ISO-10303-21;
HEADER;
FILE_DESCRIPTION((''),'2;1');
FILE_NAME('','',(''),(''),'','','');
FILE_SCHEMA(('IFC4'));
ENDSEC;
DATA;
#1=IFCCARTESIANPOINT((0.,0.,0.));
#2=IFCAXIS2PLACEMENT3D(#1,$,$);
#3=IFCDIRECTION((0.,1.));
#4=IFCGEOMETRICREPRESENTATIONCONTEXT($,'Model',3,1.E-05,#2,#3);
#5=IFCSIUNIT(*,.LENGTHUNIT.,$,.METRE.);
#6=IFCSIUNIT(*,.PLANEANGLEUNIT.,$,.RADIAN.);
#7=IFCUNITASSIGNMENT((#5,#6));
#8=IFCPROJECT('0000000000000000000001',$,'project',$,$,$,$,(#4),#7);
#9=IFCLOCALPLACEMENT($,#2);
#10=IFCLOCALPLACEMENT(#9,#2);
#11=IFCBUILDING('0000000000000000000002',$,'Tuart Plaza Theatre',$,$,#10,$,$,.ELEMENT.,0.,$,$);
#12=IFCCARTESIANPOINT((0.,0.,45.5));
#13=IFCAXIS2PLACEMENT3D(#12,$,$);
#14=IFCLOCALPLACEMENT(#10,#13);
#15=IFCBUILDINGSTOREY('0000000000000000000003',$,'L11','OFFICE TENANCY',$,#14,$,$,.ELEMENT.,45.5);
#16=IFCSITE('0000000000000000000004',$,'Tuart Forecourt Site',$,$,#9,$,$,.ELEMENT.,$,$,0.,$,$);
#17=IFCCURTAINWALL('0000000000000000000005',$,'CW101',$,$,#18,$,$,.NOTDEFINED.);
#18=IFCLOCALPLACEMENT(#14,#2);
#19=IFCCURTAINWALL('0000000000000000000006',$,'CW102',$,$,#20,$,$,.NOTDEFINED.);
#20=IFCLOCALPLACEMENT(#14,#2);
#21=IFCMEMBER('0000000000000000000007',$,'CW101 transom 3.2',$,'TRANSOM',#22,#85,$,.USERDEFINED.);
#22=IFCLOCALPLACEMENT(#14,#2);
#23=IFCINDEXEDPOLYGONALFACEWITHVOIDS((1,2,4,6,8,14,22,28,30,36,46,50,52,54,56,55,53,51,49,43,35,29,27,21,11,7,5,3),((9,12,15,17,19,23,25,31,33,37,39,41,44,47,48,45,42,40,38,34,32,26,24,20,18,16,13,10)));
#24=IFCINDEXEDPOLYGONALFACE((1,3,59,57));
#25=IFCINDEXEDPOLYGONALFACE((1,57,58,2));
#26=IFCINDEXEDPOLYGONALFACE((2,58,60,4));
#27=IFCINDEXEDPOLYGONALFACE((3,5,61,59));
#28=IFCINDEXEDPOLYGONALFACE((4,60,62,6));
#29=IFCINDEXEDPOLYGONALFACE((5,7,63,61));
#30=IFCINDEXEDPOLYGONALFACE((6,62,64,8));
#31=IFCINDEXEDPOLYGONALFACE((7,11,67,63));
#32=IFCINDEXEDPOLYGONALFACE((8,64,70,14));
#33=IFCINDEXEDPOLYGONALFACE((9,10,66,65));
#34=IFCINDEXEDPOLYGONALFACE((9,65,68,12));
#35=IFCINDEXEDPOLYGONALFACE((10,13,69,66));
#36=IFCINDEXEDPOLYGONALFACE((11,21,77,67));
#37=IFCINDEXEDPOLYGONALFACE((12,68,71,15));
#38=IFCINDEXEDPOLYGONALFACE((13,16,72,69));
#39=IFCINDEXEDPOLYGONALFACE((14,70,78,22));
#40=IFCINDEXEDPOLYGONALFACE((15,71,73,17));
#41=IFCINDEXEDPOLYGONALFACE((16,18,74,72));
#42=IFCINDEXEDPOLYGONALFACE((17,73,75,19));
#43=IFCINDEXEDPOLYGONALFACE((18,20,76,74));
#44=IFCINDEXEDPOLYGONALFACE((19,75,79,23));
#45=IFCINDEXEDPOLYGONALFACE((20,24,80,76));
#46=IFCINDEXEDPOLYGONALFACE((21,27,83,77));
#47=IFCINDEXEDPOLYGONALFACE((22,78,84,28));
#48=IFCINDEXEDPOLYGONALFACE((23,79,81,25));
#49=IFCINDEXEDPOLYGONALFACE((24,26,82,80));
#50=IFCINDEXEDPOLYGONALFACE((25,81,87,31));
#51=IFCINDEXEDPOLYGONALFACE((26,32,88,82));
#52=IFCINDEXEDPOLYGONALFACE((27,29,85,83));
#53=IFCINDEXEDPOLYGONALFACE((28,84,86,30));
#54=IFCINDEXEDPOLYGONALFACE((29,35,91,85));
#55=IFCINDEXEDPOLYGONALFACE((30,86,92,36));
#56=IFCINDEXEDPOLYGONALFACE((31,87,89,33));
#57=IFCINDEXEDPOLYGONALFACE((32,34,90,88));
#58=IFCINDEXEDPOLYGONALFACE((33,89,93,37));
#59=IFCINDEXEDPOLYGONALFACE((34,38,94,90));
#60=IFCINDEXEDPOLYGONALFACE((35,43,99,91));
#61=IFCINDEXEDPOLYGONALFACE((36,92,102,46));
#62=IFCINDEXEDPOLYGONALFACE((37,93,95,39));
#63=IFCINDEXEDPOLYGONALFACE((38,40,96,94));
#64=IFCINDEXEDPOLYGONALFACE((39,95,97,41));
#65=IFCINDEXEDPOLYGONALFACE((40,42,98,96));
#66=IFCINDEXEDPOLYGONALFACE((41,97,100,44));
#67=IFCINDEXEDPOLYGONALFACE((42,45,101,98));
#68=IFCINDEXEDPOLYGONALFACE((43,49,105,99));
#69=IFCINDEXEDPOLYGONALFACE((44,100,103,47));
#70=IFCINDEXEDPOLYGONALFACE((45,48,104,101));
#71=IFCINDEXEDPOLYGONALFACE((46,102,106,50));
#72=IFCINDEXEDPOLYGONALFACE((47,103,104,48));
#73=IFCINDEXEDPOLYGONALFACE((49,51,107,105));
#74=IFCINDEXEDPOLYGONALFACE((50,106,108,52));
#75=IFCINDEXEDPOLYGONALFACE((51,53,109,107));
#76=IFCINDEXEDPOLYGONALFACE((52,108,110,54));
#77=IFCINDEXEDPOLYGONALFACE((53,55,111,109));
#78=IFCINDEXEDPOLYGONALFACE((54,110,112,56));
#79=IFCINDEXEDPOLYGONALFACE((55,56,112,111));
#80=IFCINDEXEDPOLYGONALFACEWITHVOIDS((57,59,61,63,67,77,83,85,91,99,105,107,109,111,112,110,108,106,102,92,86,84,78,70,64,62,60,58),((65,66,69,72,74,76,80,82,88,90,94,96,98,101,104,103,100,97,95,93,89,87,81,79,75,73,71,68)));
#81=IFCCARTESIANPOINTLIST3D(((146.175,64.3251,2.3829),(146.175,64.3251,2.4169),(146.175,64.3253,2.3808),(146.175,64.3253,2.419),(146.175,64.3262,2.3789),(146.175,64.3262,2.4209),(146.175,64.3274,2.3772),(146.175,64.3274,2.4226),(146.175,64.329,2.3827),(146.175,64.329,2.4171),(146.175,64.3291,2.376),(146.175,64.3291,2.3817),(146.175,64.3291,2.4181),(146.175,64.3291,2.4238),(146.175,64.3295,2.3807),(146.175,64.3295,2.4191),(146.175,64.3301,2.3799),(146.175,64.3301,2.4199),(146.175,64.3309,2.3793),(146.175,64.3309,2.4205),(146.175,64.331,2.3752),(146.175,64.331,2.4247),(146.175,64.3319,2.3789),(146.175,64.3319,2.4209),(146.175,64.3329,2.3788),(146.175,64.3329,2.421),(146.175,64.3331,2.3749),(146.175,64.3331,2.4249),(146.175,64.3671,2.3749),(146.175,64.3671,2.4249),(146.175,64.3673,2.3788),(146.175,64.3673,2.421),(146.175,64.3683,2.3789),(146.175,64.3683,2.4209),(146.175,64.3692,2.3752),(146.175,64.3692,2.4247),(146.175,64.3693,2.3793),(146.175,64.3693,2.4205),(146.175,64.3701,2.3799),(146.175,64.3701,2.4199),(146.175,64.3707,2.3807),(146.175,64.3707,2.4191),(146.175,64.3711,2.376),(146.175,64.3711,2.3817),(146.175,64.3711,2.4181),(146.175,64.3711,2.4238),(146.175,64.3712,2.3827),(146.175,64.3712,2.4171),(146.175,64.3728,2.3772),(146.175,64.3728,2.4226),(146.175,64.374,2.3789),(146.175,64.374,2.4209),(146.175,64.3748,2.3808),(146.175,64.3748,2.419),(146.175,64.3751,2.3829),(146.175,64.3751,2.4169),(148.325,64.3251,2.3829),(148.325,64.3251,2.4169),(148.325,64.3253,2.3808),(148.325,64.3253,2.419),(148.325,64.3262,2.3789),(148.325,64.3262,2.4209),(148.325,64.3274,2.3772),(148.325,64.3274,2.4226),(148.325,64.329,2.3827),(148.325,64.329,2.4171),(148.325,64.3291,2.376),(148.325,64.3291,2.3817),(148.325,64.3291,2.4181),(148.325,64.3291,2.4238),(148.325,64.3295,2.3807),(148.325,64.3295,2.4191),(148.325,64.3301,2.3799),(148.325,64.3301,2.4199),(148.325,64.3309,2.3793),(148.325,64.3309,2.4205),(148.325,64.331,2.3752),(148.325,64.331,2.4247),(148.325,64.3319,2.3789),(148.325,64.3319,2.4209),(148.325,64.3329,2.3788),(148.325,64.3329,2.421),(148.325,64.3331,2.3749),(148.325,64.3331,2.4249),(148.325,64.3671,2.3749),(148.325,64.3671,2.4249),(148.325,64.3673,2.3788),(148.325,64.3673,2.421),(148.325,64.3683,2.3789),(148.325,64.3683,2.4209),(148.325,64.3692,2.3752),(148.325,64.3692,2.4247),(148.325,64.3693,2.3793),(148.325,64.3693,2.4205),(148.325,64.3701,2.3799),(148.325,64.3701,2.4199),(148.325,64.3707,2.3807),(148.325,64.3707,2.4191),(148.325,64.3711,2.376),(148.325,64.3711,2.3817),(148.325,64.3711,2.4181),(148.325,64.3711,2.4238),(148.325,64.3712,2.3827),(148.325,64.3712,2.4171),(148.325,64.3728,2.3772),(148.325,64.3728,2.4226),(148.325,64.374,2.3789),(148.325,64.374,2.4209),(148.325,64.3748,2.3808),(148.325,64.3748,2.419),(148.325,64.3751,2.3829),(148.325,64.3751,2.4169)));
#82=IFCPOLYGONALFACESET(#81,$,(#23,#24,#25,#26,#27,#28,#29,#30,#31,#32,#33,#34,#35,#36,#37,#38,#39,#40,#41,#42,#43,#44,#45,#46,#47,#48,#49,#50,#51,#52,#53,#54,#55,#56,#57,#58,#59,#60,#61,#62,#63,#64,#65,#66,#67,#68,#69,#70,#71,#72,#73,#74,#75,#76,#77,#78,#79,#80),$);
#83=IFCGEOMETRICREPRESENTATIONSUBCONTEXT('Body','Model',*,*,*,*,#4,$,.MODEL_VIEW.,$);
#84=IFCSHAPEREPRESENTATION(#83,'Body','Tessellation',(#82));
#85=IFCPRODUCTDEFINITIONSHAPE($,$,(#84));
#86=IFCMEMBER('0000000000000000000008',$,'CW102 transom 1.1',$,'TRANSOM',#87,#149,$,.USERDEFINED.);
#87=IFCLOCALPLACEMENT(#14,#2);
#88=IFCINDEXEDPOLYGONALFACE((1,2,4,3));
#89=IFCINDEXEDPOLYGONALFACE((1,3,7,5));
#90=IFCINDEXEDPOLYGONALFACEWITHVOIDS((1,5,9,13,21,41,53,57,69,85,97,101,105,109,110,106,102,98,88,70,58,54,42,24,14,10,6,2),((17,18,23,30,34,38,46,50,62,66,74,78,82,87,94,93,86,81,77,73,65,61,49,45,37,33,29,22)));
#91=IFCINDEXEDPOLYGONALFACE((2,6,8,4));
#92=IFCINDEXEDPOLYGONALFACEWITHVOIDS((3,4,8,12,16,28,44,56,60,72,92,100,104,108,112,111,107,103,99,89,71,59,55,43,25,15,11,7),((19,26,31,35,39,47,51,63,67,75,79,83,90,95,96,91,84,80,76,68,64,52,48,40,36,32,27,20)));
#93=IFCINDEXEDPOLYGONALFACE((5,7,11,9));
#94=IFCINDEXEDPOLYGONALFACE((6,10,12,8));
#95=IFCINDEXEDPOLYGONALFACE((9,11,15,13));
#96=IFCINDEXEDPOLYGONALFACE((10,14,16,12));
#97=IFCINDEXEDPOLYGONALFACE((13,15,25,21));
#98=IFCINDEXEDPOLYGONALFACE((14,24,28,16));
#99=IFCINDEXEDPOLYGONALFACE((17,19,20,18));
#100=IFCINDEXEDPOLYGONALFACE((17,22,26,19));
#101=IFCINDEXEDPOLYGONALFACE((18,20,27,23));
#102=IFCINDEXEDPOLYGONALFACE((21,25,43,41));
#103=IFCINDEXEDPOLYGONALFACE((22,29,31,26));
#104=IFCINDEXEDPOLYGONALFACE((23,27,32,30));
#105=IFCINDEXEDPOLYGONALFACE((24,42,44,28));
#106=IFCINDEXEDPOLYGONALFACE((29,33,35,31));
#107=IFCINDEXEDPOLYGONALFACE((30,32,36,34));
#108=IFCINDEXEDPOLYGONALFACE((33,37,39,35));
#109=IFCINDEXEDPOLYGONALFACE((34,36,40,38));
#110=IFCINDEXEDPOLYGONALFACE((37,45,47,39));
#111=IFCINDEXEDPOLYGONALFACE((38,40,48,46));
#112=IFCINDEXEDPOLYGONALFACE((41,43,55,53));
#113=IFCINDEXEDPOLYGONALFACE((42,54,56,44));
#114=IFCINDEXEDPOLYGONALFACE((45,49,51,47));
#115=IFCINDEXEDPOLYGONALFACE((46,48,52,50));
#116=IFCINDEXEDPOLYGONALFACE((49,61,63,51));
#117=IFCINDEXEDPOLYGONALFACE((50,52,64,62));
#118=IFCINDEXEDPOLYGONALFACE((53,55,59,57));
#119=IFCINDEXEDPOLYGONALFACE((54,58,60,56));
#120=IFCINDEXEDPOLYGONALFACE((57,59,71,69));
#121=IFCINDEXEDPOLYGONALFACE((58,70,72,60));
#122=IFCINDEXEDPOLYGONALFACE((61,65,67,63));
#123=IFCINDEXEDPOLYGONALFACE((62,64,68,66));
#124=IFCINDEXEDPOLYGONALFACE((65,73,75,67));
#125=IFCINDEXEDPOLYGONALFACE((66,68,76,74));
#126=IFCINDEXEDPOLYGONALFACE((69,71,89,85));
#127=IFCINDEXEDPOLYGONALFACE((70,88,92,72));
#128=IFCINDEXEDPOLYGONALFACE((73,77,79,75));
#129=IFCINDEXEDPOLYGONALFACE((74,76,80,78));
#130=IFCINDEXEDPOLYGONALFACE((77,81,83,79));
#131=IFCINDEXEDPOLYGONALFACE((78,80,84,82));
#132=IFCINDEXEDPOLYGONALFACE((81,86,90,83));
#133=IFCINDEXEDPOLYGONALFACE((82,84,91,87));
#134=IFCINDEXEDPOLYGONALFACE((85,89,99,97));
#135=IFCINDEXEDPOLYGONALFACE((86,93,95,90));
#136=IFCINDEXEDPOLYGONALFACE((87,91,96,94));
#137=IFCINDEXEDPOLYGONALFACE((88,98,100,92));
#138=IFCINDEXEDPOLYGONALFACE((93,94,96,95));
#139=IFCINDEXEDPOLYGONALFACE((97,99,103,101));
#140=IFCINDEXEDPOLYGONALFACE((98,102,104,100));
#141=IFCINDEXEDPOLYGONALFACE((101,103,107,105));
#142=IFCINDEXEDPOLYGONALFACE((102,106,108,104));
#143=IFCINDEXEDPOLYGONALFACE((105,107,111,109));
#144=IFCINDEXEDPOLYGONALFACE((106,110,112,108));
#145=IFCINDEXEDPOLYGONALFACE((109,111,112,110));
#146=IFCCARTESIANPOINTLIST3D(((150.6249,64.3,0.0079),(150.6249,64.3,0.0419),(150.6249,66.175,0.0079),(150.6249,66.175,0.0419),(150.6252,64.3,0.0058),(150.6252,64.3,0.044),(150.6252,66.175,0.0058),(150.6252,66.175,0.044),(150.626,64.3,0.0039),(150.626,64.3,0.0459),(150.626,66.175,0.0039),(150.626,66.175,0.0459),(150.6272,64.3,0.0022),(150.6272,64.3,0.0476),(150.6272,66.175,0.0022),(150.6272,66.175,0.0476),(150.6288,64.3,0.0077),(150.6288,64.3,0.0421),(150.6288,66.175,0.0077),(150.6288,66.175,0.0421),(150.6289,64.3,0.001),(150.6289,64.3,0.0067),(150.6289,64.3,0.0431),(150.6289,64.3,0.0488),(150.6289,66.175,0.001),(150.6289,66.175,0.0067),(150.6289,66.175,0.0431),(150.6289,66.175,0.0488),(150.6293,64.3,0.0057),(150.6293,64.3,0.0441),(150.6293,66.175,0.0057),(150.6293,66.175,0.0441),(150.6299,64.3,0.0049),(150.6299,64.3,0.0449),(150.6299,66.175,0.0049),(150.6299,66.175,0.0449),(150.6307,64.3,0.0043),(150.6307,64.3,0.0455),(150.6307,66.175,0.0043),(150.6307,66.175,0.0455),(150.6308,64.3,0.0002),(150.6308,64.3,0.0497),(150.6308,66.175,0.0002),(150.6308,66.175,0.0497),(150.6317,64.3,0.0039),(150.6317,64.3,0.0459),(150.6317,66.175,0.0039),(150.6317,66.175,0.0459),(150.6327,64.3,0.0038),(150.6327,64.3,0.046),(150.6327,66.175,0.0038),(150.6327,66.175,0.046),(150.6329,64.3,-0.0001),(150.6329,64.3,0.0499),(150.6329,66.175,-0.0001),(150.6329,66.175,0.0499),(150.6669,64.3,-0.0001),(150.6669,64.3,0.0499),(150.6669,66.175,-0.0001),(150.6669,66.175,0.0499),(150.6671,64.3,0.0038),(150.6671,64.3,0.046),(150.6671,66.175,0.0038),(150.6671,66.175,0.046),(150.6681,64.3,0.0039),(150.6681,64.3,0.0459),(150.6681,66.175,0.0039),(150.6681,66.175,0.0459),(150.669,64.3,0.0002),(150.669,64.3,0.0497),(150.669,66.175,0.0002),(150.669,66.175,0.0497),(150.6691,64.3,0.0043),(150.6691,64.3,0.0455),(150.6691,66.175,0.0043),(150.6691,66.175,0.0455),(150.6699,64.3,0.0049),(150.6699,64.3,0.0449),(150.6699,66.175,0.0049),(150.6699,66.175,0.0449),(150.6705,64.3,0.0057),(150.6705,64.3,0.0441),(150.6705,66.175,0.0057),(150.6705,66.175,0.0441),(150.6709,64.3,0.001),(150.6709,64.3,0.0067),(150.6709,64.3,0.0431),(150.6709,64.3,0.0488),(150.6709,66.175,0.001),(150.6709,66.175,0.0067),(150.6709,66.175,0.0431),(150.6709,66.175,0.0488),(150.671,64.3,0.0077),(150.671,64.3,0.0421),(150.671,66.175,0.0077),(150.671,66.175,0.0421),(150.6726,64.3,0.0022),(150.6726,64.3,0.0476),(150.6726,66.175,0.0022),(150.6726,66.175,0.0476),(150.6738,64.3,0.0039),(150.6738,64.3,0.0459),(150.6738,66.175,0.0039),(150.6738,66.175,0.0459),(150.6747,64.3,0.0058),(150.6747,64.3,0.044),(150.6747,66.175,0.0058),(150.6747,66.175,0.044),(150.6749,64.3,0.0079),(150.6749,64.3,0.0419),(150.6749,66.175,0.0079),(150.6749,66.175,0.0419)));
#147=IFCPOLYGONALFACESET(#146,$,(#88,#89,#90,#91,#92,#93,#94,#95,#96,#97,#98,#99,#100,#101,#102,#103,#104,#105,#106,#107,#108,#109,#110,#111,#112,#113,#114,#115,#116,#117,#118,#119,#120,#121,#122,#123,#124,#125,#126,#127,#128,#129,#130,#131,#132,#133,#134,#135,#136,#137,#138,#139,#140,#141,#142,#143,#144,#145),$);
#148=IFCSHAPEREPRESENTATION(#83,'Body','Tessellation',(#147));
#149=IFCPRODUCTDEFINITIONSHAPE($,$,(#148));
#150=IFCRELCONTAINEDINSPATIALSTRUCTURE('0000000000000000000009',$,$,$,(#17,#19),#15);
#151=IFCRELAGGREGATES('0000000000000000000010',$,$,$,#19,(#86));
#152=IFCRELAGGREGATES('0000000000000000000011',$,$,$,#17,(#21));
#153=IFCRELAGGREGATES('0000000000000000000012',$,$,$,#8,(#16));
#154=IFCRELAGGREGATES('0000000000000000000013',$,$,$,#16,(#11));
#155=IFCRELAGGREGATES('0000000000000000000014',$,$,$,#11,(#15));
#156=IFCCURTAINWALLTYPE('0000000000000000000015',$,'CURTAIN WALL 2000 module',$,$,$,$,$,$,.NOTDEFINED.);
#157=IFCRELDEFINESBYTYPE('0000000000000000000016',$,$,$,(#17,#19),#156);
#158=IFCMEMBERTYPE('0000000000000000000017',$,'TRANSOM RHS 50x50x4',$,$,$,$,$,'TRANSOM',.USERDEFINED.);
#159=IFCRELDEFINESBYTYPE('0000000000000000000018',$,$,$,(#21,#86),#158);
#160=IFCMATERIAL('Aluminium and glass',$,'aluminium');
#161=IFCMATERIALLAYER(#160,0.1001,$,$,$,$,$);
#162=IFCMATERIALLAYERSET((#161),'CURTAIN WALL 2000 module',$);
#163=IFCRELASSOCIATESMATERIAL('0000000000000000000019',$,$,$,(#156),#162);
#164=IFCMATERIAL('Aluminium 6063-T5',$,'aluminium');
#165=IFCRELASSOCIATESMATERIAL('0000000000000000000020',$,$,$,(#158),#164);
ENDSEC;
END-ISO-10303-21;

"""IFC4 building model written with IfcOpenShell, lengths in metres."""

from ifc_helpers import new_model, si_unit, direction, frame, origin, origin_2d, place, context, subcontext, project, spatial, hollow_rectangle, extrude, material, layer, layer_set, material_profile, profile_set, type_object, element, aggregate, save


model = new_model("IFC4")

# Units and contexts
model_context = context("Model", 3, precision=1e-05, world=origin(), true_north=direction((0.0, 1.0)))
body_context = subcontext(model_context, "Body", "Model", "MODEL_VIEW")
ifc_project = project(units=[si_unit("LENGTHUNIT", "METRE"), si_unit("PLANEANGLEUNIT", "RADIAN")], contexts=[model_context])

# Site, building, storey
site_placement = place(None, origin())
site = spatial("IfcSite", under=ifc_project, at=site_placement, Name="Tuart Forecourt Site", CompositionType="ELEMENT", RefElevation=0.0)
building_placement = place(site_placement, origin())
building = spatial("IfcBuilding", under=site, at=building_placement, Name="Tuart Plaza Theatre", CompositionType="ELEMENT", ElevationOfRefHeight=0.0)
storey_placement = place(building_placement, frame((0.0, 0.0, 45.5)))
storey = spatial("IfcBuildingStorey", under=building, at=storey_placement, Name="L11", Description="OFFICE TENANCY", CompositionType="ELEMENT", Elevation=45.5)

# Curtain wall
ifc_material_1 = material(Name="Aluminium and glass", Category="aluminium")
ifc_layer_1 = layer(ifc_material_1, 0.1001)
ifc_layer_set_1 = layer_set([ifc_layer_1], Name="CURTAIN WALL 2000 module")
curtain_wall_type = type_object("IfcCurtainWallType", Name="CURTAIN WALL 2000 module", PredefinedType="NOTDEFINED", material=ifc_layer_set_1)
curtain_wall_1_placement = place(storey_placement, origin())
curtain_wall_1 = element("IfcCurtainWall", 1, at=curtain_wall_1_placement, inside=storey, type_object=curtain_wall_type, Name="CW101", PredefinedType="NOTDEFINED")

# Curtain wall
curtain_wall_2_placement = place(storey_placement, origin())
curtain_wall_2 = element("IfcCurtainWall", 2, at=curtain_wall_2_placement, inside=storey, type_object=curtain_wall_type, Name="CW102", PredefinedType="NOTDEFINED")

# Members
ifc_material_2 = material(Name="Aluminium 6063-T5", Category="aluminium")
ifc_material_profile_1 = material_profile(ifc_material_2, hollow_rectangle(XDim=0.05, YDim=0.05, WallThickness=0.0039, InnerFilletRadius=0.0039, OuterFilletRadius=0.0081, at=origin_2d()), Name="RHS 50x50x4")
ifc_profile_set_1 = profile_set([ifc_material_profile_1], Name="Aluminium 6063-T5")
member_type_1 = type_object("IfcMemberType", Name="TRANSOM RHS 50x50x4", ElementType="TRANSOM", PredefinedType="USERDEFINED", material=ifc_profile_set_1)
member_1_placement = place(storey_placement, frame((146.175, 64.3501, 2.3999), z_axis=(1.0, 0.0, 0.0), x_axis=(0.0, 1.0, 0.0)))
member_1 = element("IfcMember", 3, at=member_1_placement, type_object=member_type_1, Name="CW101 transom 3.2", ObjectType="TRANSOM", PredefinedType="USERDEFINED", context=body_context, shape_type="SweptSolid", body=[
    extrude(hollow_rectangle(XDim=0.05, YDim=0.05, WallThickness=0.0039, InnerFilletRadius=0.0039, OuterFilletRadius=0.0081, at=origin_2d()), origin(), (0.0, 0.0, 1.0), 2.1499),
])
member_2_placement = place(storey_placement, frame((150.6499, 64.3, 0.0249), z_axis=(0.0, 1.0, 0.0), x_axis=(-1.0, 0.0, 0.0)))
member_2 = element("IfcMember", 4, at=member_2_placement, type_object=member_type_1, Name="CW102 transom 1.1", ObjectType="TRANSOM", PredefinedType="USERDEFINED", context=body_context, shape_type="SweptSolid", body=[
    extrude(hollow_rectangle(XDim=0.05, YDim=0.05, WallThickness=0.0039, InnerFilletRadius=0.0039, OuterFilletRadius=0.0081, at=origin_2d()), origin(), (0.0, 0.0, 1.0), 1.875),
])
aggregate(curtain_wall_2, [member_2])

aggregate(curtain_wall_1, [member_1])

save(model, "model.ifc")
